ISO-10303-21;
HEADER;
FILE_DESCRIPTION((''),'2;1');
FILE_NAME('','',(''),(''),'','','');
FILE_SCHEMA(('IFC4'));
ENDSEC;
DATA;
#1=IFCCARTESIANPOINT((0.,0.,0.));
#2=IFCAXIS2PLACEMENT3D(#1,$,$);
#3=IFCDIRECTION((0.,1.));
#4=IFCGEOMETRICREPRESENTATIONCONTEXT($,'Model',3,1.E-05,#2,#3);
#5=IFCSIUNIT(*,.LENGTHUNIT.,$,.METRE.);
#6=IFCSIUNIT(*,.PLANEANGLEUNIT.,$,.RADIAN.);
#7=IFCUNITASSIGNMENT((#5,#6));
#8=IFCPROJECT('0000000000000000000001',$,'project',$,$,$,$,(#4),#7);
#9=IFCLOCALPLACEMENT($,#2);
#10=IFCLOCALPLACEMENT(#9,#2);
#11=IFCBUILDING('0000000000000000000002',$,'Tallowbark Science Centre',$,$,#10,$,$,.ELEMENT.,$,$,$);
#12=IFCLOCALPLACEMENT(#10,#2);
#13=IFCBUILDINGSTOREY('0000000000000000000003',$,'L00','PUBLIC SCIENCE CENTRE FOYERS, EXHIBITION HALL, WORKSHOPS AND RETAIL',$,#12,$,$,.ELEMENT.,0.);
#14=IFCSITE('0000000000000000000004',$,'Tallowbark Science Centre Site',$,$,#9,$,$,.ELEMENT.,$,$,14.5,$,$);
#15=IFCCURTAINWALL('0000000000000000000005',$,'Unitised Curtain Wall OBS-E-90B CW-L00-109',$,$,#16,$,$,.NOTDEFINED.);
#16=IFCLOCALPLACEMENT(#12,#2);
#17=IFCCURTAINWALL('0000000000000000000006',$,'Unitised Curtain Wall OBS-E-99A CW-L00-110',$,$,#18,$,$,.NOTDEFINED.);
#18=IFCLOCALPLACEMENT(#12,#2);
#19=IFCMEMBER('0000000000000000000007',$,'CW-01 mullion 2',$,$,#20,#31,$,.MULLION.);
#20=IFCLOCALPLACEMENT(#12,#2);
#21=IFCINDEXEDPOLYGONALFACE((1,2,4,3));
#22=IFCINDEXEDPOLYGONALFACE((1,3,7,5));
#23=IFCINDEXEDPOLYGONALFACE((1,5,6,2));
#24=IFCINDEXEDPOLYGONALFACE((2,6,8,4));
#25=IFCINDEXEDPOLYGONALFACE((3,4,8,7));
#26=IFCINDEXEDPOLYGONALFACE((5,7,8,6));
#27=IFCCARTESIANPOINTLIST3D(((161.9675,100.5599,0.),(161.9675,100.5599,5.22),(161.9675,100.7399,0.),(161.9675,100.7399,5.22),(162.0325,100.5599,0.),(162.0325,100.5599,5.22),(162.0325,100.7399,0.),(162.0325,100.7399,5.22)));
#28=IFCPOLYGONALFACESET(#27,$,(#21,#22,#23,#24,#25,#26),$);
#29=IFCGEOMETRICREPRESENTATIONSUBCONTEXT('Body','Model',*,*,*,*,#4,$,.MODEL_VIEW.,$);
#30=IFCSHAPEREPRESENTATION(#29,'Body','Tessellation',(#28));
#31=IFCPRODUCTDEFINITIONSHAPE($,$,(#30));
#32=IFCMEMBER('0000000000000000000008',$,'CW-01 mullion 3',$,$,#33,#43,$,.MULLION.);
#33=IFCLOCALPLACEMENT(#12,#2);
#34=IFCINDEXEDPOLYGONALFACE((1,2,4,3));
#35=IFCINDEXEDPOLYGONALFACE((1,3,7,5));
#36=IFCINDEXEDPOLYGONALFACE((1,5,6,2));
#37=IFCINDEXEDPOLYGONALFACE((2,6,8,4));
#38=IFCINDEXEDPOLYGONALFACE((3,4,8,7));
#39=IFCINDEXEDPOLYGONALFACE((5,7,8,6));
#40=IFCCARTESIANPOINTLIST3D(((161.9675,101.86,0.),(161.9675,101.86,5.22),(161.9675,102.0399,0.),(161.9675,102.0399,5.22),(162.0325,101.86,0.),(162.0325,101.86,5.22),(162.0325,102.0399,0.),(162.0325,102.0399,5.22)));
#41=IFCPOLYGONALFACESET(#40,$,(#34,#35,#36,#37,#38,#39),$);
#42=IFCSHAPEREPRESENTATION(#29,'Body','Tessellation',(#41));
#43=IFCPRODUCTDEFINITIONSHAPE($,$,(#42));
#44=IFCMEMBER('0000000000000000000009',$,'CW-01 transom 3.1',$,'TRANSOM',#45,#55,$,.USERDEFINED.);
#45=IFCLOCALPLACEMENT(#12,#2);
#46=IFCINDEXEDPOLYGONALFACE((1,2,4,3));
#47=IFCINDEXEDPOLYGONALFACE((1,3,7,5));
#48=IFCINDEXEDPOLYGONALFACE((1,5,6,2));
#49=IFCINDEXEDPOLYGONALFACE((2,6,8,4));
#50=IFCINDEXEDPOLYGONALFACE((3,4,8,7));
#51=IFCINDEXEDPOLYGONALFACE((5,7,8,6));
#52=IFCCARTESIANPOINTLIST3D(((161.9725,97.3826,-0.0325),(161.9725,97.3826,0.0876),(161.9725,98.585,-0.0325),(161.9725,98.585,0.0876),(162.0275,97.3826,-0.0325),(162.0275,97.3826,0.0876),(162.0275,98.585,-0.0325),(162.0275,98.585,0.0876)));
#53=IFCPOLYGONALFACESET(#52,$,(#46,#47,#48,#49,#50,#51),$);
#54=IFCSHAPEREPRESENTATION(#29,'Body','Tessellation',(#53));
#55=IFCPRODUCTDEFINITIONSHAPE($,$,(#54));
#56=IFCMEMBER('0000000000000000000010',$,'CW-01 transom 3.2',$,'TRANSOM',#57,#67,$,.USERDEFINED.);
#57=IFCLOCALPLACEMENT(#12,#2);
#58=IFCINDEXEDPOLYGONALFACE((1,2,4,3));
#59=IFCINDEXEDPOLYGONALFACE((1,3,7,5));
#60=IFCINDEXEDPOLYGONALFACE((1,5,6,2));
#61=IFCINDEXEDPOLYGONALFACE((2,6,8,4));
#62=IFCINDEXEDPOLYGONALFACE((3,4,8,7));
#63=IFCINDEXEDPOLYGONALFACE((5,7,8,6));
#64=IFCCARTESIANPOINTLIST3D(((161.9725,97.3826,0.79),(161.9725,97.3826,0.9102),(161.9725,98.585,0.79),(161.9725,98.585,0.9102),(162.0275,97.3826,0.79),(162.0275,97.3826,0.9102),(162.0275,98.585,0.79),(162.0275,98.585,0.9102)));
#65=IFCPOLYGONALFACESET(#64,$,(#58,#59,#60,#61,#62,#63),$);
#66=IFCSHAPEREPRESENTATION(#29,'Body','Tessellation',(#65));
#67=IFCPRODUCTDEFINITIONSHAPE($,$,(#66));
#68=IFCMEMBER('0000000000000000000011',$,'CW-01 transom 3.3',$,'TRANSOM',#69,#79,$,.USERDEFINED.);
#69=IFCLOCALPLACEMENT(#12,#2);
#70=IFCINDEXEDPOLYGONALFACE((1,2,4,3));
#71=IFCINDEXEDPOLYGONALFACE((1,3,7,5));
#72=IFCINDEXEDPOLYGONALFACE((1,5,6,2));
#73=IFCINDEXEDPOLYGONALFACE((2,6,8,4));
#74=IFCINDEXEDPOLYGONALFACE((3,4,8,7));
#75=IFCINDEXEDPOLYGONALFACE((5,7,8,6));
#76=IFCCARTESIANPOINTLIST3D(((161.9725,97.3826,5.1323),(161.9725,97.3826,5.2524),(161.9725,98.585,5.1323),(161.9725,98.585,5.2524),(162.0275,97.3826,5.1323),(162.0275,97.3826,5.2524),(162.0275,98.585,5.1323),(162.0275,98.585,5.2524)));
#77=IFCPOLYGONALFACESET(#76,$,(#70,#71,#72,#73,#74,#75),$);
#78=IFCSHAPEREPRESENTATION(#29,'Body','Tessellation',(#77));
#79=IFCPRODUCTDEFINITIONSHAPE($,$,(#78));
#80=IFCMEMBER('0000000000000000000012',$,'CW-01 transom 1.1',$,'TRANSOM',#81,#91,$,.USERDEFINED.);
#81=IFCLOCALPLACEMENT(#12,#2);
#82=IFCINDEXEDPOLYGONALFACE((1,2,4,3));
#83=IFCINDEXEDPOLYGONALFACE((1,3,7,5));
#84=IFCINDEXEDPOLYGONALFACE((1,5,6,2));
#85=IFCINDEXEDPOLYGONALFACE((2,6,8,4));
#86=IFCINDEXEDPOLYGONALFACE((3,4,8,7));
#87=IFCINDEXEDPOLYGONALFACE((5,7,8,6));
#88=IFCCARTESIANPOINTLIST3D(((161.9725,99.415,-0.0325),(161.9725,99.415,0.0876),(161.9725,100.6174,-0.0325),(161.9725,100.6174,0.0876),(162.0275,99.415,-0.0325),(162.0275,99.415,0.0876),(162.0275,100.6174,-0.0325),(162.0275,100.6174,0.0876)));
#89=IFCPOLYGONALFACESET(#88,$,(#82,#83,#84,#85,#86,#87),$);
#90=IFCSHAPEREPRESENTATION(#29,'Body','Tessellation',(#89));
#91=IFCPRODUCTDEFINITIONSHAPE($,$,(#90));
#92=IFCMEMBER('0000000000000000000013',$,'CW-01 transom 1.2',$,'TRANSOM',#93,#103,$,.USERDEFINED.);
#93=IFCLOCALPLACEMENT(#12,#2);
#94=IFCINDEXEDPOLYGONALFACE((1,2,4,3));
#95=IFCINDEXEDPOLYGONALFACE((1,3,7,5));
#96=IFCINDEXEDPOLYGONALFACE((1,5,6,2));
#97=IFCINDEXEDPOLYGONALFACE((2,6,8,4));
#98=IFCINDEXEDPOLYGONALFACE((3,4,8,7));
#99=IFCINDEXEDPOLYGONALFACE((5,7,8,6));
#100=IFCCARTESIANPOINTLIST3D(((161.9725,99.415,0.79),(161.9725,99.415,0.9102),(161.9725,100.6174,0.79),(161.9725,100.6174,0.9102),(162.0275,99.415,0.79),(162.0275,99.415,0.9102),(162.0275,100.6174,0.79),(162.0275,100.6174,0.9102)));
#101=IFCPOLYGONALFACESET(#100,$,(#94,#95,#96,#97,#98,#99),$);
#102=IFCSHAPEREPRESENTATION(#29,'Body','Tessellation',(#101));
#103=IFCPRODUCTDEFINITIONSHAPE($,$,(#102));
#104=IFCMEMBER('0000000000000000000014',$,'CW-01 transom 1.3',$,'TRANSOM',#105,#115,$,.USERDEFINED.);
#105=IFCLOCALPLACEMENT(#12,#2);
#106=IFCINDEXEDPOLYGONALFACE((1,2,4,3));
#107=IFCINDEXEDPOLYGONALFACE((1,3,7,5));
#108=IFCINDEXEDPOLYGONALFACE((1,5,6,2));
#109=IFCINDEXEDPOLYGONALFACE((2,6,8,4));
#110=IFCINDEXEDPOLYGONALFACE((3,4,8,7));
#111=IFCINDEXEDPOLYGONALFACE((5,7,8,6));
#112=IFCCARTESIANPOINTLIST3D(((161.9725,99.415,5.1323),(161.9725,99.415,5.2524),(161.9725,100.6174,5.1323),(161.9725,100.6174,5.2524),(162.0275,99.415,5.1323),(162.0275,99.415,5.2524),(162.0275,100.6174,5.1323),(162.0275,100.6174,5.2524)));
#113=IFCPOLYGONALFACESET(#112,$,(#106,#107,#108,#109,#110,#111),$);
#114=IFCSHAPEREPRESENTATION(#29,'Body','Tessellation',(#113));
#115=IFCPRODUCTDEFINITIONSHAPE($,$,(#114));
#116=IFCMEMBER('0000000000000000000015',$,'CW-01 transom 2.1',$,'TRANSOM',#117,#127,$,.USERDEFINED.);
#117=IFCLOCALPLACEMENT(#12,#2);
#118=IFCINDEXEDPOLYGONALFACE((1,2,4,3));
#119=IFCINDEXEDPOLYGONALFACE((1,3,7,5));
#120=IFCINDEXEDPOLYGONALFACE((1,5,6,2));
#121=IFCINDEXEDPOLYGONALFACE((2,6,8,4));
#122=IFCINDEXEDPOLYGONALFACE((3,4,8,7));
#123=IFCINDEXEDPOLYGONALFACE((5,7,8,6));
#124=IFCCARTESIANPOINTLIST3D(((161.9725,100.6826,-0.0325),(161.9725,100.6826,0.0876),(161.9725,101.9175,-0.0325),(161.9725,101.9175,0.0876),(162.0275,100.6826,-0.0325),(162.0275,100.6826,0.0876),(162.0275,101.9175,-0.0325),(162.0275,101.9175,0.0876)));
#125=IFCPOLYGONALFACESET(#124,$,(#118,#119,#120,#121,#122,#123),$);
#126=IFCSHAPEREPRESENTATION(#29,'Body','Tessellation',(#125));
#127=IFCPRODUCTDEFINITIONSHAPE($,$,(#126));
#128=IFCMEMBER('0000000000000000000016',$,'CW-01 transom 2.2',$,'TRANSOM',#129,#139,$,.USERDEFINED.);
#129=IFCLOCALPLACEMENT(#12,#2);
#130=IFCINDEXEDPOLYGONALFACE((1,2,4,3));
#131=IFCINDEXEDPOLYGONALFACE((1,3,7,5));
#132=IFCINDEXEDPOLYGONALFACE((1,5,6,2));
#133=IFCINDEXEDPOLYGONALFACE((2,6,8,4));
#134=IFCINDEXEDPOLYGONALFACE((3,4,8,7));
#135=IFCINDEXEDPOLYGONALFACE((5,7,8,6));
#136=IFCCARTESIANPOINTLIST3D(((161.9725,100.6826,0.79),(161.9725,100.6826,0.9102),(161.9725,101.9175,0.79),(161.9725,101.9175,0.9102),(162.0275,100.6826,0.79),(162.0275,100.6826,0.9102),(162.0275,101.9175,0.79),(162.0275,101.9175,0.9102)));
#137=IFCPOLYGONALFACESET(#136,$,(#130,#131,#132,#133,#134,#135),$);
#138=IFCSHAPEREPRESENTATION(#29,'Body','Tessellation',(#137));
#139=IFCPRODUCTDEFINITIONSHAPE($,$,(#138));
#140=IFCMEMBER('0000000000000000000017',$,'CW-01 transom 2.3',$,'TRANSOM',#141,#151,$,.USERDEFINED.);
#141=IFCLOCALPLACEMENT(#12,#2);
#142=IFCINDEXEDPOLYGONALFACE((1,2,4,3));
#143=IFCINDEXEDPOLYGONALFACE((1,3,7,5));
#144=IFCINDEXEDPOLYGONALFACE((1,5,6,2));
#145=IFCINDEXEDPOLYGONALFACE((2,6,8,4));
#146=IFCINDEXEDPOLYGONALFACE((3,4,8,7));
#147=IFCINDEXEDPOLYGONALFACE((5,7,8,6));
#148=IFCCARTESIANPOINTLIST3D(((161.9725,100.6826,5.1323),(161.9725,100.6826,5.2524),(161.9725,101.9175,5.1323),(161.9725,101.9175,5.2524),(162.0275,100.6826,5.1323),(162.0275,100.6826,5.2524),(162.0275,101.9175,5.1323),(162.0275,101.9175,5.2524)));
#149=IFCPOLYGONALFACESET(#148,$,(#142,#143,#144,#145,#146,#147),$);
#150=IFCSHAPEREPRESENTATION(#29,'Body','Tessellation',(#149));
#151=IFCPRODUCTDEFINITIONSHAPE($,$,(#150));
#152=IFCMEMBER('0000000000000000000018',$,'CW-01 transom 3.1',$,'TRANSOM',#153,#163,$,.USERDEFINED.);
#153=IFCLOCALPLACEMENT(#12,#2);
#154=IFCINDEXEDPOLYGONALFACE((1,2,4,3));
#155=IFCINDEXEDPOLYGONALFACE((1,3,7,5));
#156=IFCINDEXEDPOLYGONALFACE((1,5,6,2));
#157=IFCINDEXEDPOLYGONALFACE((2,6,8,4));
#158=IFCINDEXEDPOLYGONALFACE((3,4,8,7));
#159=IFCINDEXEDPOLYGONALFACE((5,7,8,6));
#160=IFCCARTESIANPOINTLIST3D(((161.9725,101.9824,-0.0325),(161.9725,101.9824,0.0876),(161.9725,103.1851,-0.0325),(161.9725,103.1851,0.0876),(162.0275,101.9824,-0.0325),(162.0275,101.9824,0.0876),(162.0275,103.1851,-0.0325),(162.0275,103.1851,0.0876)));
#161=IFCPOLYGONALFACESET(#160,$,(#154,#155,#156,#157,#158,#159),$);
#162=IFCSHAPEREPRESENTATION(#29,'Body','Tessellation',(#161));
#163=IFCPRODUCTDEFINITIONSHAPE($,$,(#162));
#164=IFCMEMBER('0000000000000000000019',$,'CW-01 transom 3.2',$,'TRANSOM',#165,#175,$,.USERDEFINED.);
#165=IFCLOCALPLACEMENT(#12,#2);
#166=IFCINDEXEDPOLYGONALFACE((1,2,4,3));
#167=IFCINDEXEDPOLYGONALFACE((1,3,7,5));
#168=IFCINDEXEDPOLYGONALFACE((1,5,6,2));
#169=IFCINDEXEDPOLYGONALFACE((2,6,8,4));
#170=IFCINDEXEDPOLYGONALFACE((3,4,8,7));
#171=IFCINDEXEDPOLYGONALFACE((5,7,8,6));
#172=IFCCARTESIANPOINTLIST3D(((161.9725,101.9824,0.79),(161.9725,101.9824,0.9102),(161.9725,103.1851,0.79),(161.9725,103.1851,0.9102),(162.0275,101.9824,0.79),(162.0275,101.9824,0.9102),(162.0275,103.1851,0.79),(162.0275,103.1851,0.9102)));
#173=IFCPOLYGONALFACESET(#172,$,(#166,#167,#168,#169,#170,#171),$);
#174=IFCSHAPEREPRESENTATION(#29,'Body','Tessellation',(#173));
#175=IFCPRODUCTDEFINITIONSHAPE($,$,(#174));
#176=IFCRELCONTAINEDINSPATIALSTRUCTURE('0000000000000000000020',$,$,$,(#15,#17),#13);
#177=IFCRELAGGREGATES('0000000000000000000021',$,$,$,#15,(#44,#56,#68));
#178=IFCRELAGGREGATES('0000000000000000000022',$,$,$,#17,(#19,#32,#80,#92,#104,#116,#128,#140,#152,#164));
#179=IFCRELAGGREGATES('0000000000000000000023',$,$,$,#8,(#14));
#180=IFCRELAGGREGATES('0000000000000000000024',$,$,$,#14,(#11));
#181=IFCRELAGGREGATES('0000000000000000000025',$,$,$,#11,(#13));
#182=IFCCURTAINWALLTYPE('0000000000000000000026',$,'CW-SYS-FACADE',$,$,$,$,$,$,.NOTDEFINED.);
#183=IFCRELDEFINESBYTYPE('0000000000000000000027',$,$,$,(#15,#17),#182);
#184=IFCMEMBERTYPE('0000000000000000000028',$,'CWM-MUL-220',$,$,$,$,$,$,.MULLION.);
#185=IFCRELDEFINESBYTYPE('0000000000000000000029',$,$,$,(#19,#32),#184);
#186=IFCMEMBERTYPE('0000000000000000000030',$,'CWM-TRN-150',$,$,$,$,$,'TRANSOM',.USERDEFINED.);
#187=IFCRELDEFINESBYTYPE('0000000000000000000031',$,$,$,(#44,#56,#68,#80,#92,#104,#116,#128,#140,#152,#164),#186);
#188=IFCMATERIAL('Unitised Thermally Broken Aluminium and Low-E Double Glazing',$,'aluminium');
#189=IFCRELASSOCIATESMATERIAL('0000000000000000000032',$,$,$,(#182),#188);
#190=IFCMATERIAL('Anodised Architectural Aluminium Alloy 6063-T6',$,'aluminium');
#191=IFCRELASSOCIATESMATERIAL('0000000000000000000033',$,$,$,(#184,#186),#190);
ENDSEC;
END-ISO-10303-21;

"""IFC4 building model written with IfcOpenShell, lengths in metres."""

from ifc_helpers import new_model, si_unit, direction, frame, origin, origin_2d, place, context, subcontext, project, spatial, rectangle, extrude, material, material_profile, profile_set, type_object, element, aggregate, save


model = new_model("IFC4")

# Units and contexts
model_context = context("Model", 3, precision=1e-05, world=origin(), true_north=direction((0.0, 1.0)))
body_context = subcontext(model_context, "Body", "Model", "MODEL_VIEW")
ifc_project = project(units=[si_unit("LENGTHUNIT", "METRE"), si_unit("PLANEANGLEUNIT", "RADIAN")], contexts=[model_context])

# Site, building, storey
site_placement = place(None, origin())
site = spatial("IfcSite", under=ifc_project, at=site_placement, Name="Tallowbark Science Centre Site", CompositionType="ELEMENT", RefElevation=14.5)
building_placement = place(site_placement, origin())
building = spatial("IfcBuilding", under=site, at=building_placement, Name="Tallowbark Science Centre", CompositionType="ELEMENT")
storey_placement = place(building_placement, origin())
storey = spatial("IfcBuildingStorey", under=building, at=storey_placement, Name="L00", Description="PUBLIC SCIENCE CENTRE FOYERS, EXHIBITION HALL, WORKSHOPS AND RETAIL", CompositionType="ELEMENT", Elevation=0.0)

# Curtain walls, members
ifc_material_1 = material(Name="Unitised Thermally Broken Aluminium and Low-E Double Glazing", Category="aluminium")
curtain_wall_type = type_object("IfcCurtainWallType", Name="CW-SYS-FACADE", PredefinedType="NOTDEFINED", material=ifc_material_1)
curtain_wall_1_placement = place(storey_placement, origin())
curtain_wall_1 = element("IfcCurtainWall", 1, at=curtain_wall_1_placement, inside=storey, type_object=curtain_wall_type, Name="Unitised Curtain Wall OBS-E-90B CW-L00-109", PredefinedType="NOTDEFINED")
ifc_material_2 = material(Name="Anodised Architectural Aluminium Alloy 6063-T6", Category="aluminium")
ifc_material_profile_1 = material_profile(ifc_material_2, rectangle(XDim=0.0649, YDim=0.1799, at=origin_2d()), Name="ALU65x180")
ifc_profile_set_1 = profile_set([ifc_material_profile_1], Name="Anodised Architectural Aluminium Alloy 6063-T6")
member_type_1 = type_object("IfcMemberType", Name="CWM-MUL-220", PredefinedType="MULLION", material=ifc_profile_set_1)
curtain_wall_2_placement = place(storey_placement, origin())
curtain_wall_2 = element("IfcCurtainWall", 2, at=curtain_wall_2_placement, inside=storey, type_object=curtain_wall_type, Name="Unitised Curtain Wall OBS-E-99A CW-L00-110", PredefinedType="NOTDEFINED")
member_1_placement = place(storey_placement, frame((162.0, 100.6499, 0.0), z_axis=(0.0, 0.0, 1.0), x_axis=(-1.0, 0.0, 0.0)))
member_1 = element("IfcMember", 3, at=member_1_placement, type_object=member_type_1, Name="CW-01 mullion 2", PredefinedType="MULLION", context=body_context, shape_type="SweptSolid", body=[
    extrude(rectangle(XDim=0.0649, YDim=0.1799, at=origin_2d()), origin(), (0.0, 0.0, 1.0), 5.22),
])
member_2_placement = place(storey_placement, frame((162.0, 101.95, 0.0), z_axis=(0.0, 0.0, 1.0), x_axis=(-1.0, 0.0, 0.0)))
member_2 = element("IfcMember", 4, at=member_2_placement, type_object=member_type_1, Name="CW-01 mullion 3", PredefinedType="MULLION", context=body_context, shape_type="SweptSolid", body=[
    extrude(rectangle(XDim=0.0649, YDim=0.1799, at=origin_2d()), origin(), (0.0, 0.0, 1.0), 5.22),
])

# Members
ifc_material_profile_2 = material_profile(ifc_material_2, rectangle(XDim=0.0549, YDim=0.1201, at=origin_2d()), Name="ALU55x120")
ifc_profile_set_2 = profile_set([ifc_material_profile_2], Name="Anodised Architectural Aluminium Alloy 6063-T6")
member_type_2 = type_object("IfcMemberType", Name="CWM-TRN-150", ElementType="TRANSOM", PredefinedType="USERDEFINED", material=ifc_profile_set_2)
member_3_placement = place(storey_placement, frame((162.0, 97.3826, 0.0276), z_axis=(0.0, 1.0, 0.0), x_axis=(-1.0, 0.0, 0.0)))
member_3 = element("IfcMember", 5, at=member_3_placement, type_object=member_type_2, Name="CW-01 transom 3.1", ObjectType="TRANSOM", PredefinedType="USERDEFINED", context=body_context, shape_type="SweptSolid", body=[
    extrude(rectangle(XDim=0.0549, YDim=0.1201, at=origin_2d()), origin(), (0.0, 0.0, 1.0), 1.2024),
])
member_4_placement = place(storey_placement, frame((162.0, 97.3826, 0.8501), z_axis=(0.0, 1.0, 0.0), x_axis=(-1.0, 0.0, 0.0)))
member_4 = element("IfcMember", 6, at=member_4_placement, type_object=member_type_2, Name="CW-01 transom 3.2", ObjectType="TRANSOM", PredefinedType="USERDEFINED", context=body_context, shape_type="SweptSolid", body=[
    extrude(rectangle(XDim=0.0549, YDim=0.1201, at=origin_2d()), origin(), (0.0, 0.0, 1.0), 1.2024),
])
member_5_placement = place(storey_placement, frame((162.0, 97.3826, 5.1924), z_axis=(0.0, 1.0, 0.0), x_axis=(-1.0, 0.0, 0.0)))
member_5 = element("IfcMember", 7, at=member_5_placement, type_object=member_type_2, Name="CW-01 transom 3.3", ObjectType="TRANSOM", PredefinedType="USERDEFINED", context=body_context, shape_type="SweptSolid", body=[
    extrude(rectangle(XDim=0.0549, YDim=0.1201, at=origin_2d()), origin(), (0.0, 0.0, 1.0), 1.2024),
])
member_6_placement = place(storey_placement, frame((162.0, 99.415, 0.0276), z_axis=(0.0, 1.0, 0.0), x_axis=(-1.0, 0.0, 0.0)))
member_6 = element("IfcMember", 8, at=member_6_placement, type_object=member_type_2, Name="CW-01 transom 1.1", ObjectType="TRANSOM", PredefinedType="USERDEFINED", context=body_context, shape_type="SweptSolid", body=[
    extrude(rectangle(XDim=0.0549, YDim=0.1201, at=origin_2d()), origin(), (0.0, 0.0, 1.0), 1.2024),
])
member_7_placement = place(storey_placement, frame((162.0, 99.415, 0.8501), z_axis=(0.0, 1.0, 0.0), x_axis=(-1.0, 0.0, 0.0)))
member_7 = element("IfcMember", 9, at=member_7_placement, type_object=member_type_2, Name="CW-01 transom 1.2", ObjectType="TRANSOM", PredefinedType="USERDEFINED", context=body_context, shape_type="SweptSolid", body=[
    extrude(rectangle(XDim=0.0549, YDim=0.1201, at=origin_2d()), origin(), (0.0, 0.0, 1.0), 1.2024),
])
member_8_placement = place(storey_placement, frame((162.0, 99.415, 5.1924), z_axis=(0.0, 1.0, 0.0), x_axis=(-1.0, 0.0, 0.0)))
member_8 = element("IfcMember", 10, at=member_8_placement, type_object=member_type_2, Name="CW-01 transom 1.3", ObjectType="TRANSOM", PredefinedType="USERDEFINED", context=body_context, shape_type="SweptSolid", body=[
    extrude(rectangle(XDim=0.0549, YDim=0.1201, at=origin_2d()), origin(), (0.0, 0.0, 1.0), 1.2024),
])
member_9_placement = place(storey_placement, frame((162.0, 100.6826, 0.0276), z_axis=(0.0, 1.0, 0.0), x_axis=(-1.0, 0.0, 0.0)))
member_9 = element("IfcMember", 11, at=member_9_placement, type_object=member_type_2, Name="CW-01 transom 2.1", ObjectType="TRANSOM", PredefinedType="USERDEFINED", context=body_context, shape_type="SweptSolid", body=[
    extrude(rectangle(XDim=0.0549, YDim=0.1201, at=origin_2d()), origin(), (0.0, 0.0, 1.0), 1.2349),
])
member_10_placement = place(storey_placement, frame((162.0, 100.6826, 0.8501), z_axis=(0.0, 1.0, 0.0), x_axis=(-1.0, 0.0, 0.0)))
member_10 = element("IfcMember", 12, at=member_10_placement, type_object=member_type_2, Name="CW-01 transom 2.2", ObjectType="TRANSOM", PredefinedType="USERDEFINED", context=body_context, shape_type="SweptSolid", body=[
    extrude(rectangle(XDim=0.0549, YDim=0.1201, at=origin_2d()), origin(), (0.0, 0.0, 1.0), 1.2349),
])
member_11_placement = place(storey_placement, frame((162.0, 100.6826, 5.1924), z_axis=(0.0, 1.0, 0.0), x_axis=(-1.0, 0.0, 0.0)))
member_11 = element("IfcMember", 13, at=member_11_placement, type_object=member_type_2, Name="CW-01 transom 2.3", ObjectType="TRANSOM", PredefinedType="USERDEFINED", context=body_context, shape_type="SweptSolid", body=[
    extrude(rectangle(XDim=0.0549, YDim=0.1201, at=origin_2d()), origin(), (0.0, 0.0, 1.0), 1.2349),
])
member_12_placement = place(storey_placement, frame((162.0, 101.9824, 0.0276), z_axis=(0.0, 1.0, 0.0), x_axis=(-1.0, 0.0, 0.0)))
member_12 = element("IfcMember", 14, at=member_12_placement, type_object=member_type_2, Name="CW-01 transom 3.1", ObjectType="TRANSOM", PredefinedType="USERDEFINED", context=body_context, shape_type="SweptSolid", body=[
    extrude(rectangle(XDim=0.0549, YDim=0.1201, at=origin_2d()), origin(), (0.0, 0.0, 1.0), 1.2026),
])
member_13_placement = place(storey_placement, frame((162.0, 101.9824, 0.8501), z_axis=(0.0, 1.0, 0.0), x_axis=(-1.0, 0.0, 0.0)))
member_13 = element("IfcMember", 15, at=member_13_placement, type_object=member_type_2, Name="CW-01 transom 3.2", ObjectType="TRANSOM", PredefinedType="USERDEFINED", context=body_context, shape_type="SweptSolid", body=[
    extrude(rectangle(XDim=0.0549, YDim=0.1201, at=origin_2d()), origin(), (0.0, 0.0, 1.0), 1.2026),
])

aggregate(curtain_wall_1, [member_3, member_4, member_5])
aggregate(curtain_wall_2, [member_1, member_2, member_6, member_7, member_8, member_9, member_10, member_11, member_12, member_13])

save(model, "model.ifc")
